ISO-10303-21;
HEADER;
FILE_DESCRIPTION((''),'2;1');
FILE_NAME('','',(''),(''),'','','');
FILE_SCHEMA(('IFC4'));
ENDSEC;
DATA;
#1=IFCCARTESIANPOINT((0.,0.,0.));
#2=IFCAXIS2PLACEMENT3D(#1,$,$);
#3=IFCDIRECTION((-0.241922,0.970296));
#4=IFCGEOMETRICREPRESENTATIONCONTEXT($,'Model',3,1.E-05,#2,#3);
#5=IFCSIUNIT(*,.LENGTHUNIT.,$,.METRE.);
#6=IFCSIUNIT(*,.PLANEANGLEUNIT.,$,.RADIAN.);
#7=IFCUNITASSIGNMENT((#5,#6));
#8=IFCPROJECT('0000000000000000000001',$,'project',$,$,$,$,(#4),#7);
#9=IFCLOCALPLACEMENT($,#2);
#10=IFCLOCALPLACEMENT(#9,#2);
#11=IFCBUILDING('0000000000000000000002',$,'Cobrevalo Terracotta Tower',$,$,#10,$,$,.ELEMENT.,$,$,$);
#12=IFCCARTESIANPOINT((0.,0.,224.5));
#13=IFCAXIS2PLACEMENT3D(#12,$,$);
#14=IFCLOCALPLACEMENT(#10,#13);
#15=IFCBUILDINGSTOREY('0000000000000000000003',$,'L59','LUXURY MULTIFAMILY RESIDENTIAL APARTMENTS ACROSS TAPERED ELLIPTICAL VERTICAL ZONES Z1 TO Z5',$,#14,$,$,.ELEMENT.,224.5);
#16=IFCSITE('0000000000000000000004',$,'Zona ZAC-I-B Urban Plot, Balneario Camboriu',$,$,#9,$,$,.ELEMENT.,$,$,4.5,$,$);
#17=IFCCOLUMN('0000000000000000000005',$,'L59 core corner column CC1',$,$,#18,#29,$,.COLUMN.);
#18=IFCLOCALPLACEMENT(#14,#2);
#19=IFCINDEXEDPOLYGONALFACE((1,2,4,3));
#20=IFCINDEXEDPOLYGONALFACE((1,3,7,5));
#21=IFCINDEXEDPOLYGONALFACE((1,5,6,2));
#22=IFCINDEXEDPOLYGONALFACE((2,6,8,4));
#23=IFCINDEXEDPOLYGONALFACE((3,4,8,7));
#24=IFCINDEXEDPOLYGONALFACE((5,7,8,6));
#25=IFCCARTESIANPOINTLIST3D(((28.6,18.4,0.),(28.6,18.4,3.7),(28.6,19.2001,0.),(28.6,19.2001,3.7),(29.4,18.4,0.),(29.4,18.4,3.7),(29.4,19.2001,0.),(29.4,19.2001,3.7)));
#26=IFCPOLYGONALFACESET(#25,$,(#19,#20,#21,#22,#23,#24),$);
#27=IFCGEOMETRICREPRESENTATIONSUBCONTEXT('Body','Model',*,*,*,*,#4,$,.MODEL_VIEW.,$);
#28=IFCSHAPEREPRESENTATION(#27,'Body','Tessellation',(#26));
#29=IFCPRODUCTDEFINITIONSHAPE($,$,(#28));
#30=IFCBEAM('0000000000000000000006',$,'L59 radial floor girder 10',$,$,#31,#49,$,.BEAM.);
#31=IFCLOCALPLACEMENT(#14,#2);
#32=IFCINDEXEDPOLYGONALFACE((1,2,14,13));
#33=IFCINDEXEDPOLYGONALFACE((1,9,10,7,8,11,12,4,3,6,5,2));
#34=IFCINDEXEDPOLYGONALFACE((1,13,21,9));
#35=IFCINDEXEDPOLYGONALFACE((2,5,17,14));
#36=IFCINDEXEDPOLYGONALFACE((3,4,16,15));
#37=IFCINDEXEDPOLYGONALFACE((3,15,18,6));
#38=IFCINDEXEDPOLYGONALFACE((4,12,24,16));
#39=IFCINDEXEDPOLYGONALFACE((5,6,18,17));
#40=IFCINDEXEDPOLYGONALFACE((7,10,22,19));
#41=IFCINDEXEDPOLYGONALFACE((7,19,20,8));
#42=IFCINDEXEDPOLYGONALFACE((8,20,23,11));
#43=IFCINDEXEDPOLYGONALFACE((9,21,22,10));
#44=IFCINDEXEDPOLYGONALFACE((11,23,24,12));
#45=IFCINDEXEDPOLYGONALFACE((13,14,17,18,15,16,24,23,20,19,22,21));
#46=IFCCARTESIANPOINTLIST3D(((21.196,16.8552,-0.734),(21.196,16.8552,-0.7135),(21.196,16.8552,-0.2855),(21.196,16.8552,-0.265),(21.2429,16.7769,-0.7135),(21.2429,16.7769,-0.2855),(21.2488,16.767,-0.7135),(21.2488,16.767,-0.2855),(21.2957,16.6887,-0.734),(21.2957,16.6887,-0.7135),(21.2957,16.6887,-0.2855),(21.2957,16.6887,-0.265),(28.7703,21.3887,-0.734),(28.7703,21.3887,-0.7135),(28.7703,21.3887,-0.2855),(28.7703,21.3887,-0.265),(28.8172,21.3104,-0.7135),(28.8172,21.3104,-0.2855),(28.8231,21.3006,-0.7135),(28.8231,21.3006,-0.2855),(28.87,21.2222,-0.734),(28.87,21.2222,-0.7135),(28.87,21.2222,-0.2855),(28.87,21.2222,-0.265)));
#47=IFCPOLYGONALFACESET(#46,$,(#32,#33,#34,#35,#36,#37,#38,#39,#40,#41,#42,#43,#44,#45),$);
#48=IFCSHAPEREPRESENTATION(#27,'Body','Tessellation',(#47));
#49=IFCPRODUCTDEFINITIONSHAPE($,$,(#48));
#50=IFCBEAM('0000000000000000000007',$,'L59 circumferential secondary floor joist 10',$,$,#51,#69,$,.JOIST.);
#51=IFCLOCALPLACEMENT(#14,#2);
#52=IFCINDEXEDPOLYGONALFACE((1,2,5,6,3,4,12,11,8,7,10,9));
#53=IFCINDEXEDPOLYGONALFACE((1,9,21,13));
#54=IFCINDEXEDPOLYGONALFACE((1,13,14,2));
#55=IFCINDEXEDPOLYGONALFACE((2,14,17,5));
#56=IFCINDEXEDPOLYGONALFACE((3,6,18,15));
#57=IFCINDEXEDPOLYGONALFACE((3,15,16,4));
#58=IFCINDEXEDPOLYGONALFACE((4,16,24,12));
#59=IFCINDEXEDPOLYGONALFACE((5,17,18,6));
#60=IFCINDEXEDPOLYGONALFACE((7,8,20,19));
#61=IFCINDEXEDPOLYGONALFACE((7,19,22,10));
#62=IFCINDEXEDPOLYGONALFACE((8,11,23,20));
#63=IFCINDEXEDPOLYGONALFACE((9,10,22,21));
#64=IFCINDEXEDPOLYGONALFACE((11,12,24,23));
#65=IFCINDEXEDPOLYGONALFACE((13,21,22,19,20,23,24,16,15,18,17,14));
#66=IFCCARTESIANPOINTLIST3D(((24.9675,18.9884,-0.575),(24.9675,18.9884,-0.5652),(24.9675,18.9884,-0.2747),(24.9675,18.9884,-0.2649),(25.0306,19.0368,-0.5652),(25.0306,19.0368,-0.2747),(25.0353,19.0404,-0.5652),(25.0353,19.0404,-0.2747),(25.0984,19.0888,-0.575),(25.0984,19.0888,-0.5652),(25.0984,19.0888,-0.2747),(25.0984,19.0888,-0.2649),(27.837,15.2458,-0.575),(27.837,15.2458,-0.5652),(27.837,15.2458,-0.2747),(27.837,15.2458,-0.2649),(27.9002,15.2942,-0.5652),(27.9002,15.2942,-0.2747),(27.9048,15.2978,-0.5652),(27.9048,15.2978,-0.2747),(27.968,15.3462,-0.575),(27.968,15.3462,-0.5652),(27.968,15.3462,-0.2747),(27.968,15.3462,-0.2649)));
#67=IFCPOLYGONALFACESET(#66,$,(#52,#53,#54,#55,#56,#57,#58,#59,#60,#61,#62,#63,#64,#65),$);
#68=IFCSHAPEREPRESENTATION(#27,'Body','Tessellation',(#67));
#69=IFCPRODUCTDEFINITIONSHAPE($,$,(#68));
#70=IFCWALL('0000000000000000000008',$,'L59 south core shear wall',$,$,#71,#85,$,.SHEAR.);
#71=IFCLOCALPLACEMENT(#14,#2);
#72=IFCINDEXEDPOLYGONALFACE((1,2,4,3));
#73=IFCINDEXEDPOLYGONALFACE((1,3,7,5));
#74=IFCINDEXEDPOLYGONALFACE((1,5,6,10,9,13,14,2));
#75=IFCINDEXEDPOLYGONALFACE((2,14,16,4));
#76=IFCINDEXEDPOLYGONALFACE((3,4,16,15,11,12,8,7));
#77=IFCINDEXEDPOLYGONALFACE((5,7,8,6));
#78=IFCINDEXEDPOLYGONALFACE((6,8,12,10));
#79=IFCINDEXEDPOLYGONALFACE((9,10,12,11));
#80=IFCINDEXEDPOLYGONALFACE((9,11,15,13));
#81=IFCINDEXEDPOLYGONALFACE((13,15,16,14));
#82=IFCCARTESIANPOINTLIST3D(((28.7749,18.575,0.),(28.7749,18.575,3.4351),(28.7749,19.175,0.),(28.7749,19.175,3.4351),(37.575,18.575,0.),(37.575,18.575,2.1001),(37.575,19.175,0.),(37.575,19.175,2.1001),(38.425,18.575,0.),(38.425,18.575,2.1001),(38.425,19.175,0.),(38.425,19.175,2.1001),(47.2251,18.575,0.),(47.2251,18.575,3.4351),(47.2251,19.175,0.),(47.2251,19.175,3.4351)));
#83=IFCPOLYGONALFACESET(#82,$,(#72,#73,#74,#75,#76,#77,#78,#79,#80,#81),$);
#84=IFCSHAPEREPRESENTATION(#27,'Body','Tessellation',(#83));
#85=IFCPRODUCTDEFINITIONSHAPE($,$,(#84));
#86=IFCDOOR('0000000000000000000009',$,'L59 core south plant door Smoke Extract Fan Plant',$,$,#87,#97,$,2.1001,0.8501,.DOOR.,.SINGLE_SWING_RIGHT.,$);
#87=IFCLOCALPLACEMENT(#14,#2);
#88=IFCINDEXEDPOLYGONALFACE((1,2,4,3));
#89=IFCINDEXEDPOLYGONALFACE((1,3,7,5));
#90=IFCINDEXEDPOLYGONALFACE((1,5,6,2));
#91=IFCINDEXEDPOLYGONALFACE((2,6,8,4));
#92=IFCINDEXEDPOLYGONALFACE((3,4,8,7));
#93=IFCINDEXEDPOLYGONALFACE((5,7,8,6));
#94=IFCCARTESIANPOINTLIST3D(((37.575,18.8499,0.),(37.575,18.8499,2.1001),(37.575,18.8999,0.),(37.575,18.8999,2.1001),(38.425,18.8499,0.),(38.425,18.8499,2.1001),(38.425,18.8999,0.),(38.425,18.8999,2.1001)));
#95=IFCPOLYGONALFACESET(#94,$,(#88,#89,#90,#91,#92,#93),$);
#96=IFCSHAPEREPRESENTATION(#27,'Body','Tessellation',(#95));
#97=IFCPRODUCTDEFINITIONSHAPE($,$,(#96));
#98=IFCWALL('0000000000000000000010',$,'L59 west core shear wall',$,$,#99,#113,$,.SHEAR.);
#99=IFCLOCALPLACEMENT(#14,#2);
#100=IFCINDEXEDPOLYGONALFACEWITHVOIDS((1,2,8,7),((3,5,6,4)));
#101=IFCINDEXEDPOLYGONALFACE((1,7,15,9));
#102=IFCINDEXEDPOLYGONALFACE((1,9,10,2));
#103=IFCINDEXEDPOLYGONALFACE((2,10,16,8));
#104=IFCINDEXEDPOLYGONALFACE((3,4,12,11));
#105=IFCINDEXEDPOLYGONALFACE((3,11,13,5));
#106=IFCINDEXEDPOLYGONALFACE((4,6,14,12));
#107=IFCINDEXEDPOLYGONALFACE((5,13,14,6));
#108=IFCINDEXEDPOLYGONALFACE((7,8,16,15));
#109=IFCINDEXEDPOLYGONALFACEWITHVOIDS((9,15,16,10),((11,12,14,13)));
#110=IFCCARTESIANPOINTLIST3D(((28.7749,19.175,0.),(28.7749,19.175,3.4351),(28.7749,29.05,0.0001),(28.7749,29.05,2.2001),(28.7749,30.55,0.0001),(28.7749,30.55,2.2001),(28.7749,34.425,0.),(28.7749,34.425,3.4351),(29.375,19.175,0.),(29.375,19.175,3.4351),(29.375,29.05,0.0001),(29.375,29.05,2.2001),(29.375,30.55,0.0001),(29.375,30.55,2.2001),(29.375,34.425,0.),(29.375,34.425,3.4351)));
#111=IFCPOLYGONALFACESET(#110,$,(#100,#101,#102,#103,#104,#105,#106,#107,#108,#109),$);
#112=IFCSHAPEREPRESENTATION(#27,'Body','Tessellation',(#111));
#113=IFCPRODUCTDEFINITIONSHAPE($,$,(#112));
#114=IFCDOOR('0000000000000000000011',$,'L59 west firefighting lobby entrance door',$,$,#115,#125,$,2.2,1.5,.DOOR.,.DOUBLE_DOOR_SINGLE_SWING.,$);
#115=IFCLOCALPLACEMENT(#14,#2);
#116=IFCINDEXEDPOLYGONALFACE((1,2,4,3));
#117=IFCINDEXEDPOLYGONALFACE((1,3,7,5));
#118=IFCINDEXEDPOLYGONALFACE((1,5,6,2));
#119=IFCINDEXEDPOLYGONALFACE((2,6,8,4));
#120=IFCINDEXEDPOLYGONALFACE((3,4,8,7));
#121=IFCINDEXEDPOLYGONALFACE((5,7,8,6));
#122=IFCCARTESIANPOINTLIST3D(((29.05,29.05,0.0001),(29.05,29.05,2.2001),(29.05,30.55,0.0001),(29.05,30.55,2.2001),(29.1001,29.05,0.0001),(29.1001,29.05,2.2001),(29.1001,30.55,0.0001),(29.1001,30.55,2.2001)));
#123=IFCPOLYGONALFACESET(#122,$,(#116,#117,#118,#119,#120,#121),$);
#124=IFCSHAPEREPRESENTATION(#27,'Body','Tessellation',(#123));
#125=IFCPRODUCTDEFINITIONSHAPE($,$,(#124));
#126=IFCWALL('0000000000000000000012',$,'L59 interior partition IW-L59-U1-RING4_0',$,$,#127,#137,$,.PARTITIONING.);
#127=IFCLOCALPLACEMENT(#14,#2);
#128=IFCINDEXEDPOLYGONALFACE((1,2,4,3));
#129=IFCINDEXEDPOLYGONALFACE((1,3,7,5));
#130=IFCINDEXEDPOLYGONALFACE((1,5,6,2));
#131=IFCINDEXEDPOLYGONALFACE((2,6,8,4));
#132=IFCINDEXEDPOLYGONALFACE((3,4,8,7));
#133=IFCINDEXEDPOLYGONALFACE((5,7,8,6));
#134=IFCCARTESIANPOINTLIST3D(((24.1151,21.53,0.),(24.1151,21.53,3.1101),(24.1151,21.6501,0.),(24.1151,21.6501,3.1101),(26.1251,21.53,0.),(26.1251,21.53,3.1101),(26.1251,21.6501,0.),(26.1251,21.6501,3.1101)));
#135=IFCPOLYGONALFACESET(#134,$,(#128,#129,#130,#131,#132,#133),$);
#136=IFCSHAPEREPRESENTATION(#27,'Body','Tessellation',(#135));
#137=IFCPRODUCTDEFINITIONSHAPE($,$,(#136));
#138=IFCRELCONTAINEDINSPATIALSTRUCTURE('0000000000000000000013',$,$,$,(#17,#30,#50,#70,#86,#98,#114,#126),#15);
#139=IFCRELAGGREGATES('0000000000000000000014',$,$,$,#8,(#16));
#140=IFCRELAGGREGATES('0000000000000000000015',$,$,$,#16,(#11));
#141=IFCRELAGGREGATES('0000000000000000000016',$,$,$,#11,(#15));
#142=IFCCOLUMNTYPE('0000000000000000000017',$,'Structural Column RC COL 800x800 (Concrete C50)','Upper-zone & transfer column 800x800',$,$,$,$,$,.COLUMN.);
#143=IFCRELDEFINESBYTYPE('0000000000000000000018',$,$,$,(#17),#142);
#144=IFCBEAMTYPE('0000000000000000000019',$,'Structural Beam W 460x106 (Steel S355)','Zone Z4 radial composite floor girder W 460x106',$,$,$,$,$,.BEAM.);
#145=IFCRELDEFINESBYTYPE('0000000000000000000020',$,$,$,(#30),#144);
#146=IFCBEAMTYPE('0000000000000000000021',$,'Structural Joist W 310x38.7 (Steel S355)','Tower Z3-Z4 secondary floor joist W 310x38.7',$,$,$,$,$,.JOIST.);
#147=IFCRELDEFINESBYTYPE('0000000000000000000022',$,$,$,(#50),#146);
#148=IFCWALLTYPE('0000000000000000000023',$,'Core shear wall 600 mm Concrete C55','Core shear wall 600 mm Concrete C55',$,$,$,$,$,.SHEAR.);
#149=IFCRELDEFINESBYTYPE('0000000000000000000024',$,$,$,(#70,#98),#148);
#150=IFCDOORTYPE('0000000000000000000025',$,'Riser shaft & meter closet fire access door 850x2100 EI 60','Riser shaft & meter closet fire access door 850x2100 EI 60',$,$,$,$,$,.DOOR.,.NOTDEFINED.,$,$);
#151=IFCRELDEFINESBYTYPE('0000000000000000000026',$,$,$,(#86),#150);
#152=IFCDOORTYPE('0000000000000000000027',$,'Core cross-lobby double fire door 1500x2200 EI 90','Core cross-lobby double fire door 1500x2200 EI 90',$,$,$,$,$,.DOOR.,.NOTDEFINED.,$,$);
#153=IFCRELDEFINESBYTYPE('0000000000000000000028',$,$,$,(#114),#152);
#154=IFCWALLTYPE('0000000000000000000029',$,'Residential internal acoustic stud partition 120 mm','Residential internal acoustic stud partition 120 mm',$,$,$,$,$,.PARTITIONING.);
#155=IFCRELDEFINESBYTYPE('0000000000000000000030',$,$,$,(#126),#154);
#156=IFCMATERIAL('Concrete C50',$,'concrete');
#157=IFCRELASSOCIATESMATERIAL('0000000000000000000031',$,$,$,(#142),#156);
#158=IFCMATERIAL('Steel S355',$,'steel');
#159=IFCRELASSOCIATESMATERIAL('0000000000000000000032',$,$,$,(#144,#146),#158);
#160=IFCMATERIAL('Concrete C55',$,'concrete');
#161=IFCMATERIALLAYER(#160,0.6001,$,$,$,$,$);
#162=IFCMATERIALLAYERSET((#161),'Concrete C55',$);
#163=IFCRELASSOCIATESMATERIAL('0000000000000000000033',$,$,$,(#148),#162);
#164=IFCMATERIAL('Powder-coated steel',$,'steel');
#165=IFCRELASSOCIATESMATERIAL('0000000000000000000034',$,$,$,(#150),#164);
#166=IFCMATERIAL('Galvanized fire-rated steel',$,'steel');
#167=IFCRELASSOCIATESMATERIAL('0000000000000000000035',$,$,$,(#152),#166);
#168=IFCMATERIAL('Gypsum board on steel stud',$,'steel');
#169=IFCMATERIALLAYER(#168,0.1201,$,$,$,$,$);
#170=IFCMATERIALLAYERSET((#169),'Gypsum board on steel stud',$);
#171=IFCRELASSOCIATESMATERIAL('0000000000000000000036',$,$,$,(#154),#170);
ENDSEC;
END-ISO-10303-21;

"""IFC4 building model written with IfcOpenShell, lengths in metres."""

from ifc_helpers import new_model, si_unit, direction, frame, frame_2d, origin, origin_2d, place, context, subcontext, project, spatial, rectangle, i_section, extrude, source, transform, mapped, material, layer, layer_set, material_profile, profile_set, type_object, element, fill, save


model = new_model("IFC4")

# Units and contexts
model_context = context("Model", 3, precision=1e-05, world=origin(), true_north=direction((-0.241922, 0.970296)))
body_context = subcontext(model_context, "Body", "Model", "MODEL_VIEW")
ifc_project = project(units=[si_unit("LENGTHUNIT", "METRE"), si_unit("PLANEANGLEUNIT", "RADIAN")], contexts=[model_context])

# Site, building, storey
site_placement = place(None, origin())
site = spatial("IfcSite", under=ifc_project, at=site_placement, Name="Zona ZAC-I-B Urban Plot, Balneario Camboriu", CompositionType="ELEMENT", RefElevation=4.5)
building_placement = place(site_placement, origin())
building = spatial("IfcBuilding", under=site, at=building_placement, Name="Cobrevalo Terracotta Tower", CompositionType="ELEMENT")
storey_placement = place(building_placement, frame((0.0, 0.0, 224.5)))
storey = spatial("IfcBuildingStorey", under=building, at=storey_placement, Name="L59", Description="LUXURY MULTIFAMILY RESIDENTIAL APARTMENTS ACROSS TAPERED ELLIPTICAL VERTICAL ZONES Z1 TO Z5", CompositionType="ELEMENT", Elevation=224.5)

# Column
ifc_material_1 = material(Name="Concrete C50", Category="concrete")
ifc_material_profile_1 = material_profile(ifc_material_1, rectangle(XDim=0.8, YDim=0.8, at=origin_2d()), Name="RC COL 800x800")
ifc_profile_set_1 = profile_set([ifc_material_profile_1], Name="Concrete C50")
column_type = type_object("IfcColumnType", Name="Structural Column RC COL 800x800 (Concrete C50)", Description="Upper-zone & transfer column 800x800", PredefinedType="COLUMN", material=ifc_profile_set_1)
column_placement = place(storey_placement, frame((29.0, 18.8, 0.0), z_axis=(0.0, 0.0, 1.0), x_axis=(1.0, 0.0, 0.0)))
element("IfcColumn", 1, at=column_placement, inside=storey, type_object=column_type, Name="L59 core corner column CC1", PredefinedType="COLUMN", context=body_context, shape_type="SweptSolid", body=[
    extrude(rectangle(XDim=0.8, YDim=0.8, at=origin_2d()), origin(), (0.0, 0.0, 1.0), 3.7),
])

# Beams
ifc_material_2 = material(Name="Steel S355", Category="steel")
ifc_material_profile_2 = material_profile(ifc_material_2, i_section(OverallWidth=0.1941, OverallDepth=0.469, WebThickness=0.0115, FlangeThickness=0.0205, at=origin_2d()), Name="W 460x106")
ifc_profile_set_2 = profile_set([ifc_material_profile_2], Name="Steel S355")
beam_type_1 = type_object("IfcBeamType", Name="Structural Beam W 460x106 (Steel S355)", Description="Zone Z4 radial composite floor girder W 460x106", PredefinedType="BEAM", material=ifc_profile_set_2)
beam_1_placement = place(storey_placement, frame((21.2458, 16.772, -0.4995), z_axis=(0.858046, 0.513572, 0.0), x_axis=(-0.513572, 0.858046, 0.0)))
element("IfcBeam", 2, at=beam_1_placement, inside=storey, type_object=beam_type_1, Name="L59 radial floor girder 10", PredefinedType="BEAM", context=body_context, shape_type="SweptSolid", body=[
    extrude(i_section(OverallWidth=0.1941, OverallDepth=0.469, WebThickness=0.0115, FlangeThickness=0.0205, at=origin_2d()), origin(), (0.0, 0.0, 1.0), 8.8274),
])
ifc_material_profile_3 = material_profile(ifc_material_2, i_section(OverallWidth=0.165, OverallDepth=0.3101, WebThickness=0.0059, FlangeThickness=0.0098, at=origin_2d()), Name="W 310x38.7")
ifc_profile_set_3 = profile_set([ifc_material_profile_3], Name="Steel S355")
beam_type_2 = type_object("IfcBeamType", Name="Structural Joist W 310x38.7 (Steel S355)", Description="Tower Z3-Z4 secondary floor joist W 310x38.7", PredefinedType="JOIST", material=ifc_profile_set_3)
beam_2_placement = place(storey_placement, frame((25.033, 19.0386, -0.4199), z_axis=(0.608464, -0.793581, 0.0), x_axis=(0.793581, 0.608464, 0.0)))
element("IfcBeam", 3, at=beam_2_placement, inside=storey, type_object=beam_type_2, Name="L59 circumferential secondary floor joist 10", PredefinedType="JOIST", context=body_context, shape_type="SweptSolid", body=[
    extrude(i_section(OverallWidth=0.165, OverallDepth=0.3101, WebThickness=0.0059, FlangeThickness=0.0098, at=origin_2d()), origin(), (0.0, 0.0, 1.0), 4.7161),
])

# Walls, openings, doors
ifc_material_3 = material(Name="Concrete C55", Category="concrete")
ifc_layer_1 = layer(ifc_material_3, 0.6001)
ifc_layer_set_1 = layer_set([ifc_layer_1], Name="Concrete C55")
wall_type_1 = type_object("IfcWallType", Name="Core shear wall 600 mm Concrete C55", Description="Core shear wall 600 mm Concrete C55", PredefinedType="SHEAR", material=ifc_layer_set_1)
wall_1_placement = place(storey_placement, frame((28.7749, 18.875, 0.0), z_axis=(0.0, 0.0, 1.0), x_axis=(1.0, 0.0, 0.0)))
wall_1 = element("IfcWall", 4, at=wall_1_placement, inside=storey, type_object=wall_type_1, Name="L59 south core shear wall", PredefinedType="SHEAR", context=body_context, shape_type="SweptSolid", body=[
    extrude(rectangle(XDim=18.4502, YDim=0.6001, at=frame_2d((9.2251, 0.0))), origin(), (0.0, 0.0, 1.0), 3.4351),
])
opening_1_placement = place(wall_1_placement, frame((8.8, 0.0, 0.0)))
opening_1 = element("IfcOpeningElement", 5, at=opening_1_placement, cuts=wall_1, PredefinedType="OPENING", context=body_context, shape_type="SweptSolid", body=[
    extrude(rectangle(XDim=0.8501, YDim=2.1001, at=frame_2d((0.425, 1.05))), frame((0.0, 0.3101, 0.0), z_axis=(0.0, -1.0, 0.0), x_axis=(1.0, 0.0, 0.0)), (0.0, 0.0, 1.0), 0.6201),
])
ifc_material_4 = material(Name="Powder-coated steel", Category="steel")
door_type_1 = type_object("IfcDoorType", Name="Riser shaft & meter closet fire access door 850x2100 EI 60", Description="Riser shaft & meter closet fire access door 850x2100 EI 60", OperationType="NOTDEFINED", PredefinedType="DOOR", material=ifc_material_4)
shared_shape_1 = source(origin(), body_context, "Body", "SweptSolid", [
    extrude(rectangle(XDim=0.8501, YDim=2.1001, at=frame_2d((0.425, 1.05))), frame((0.0, 0.0249, 0.0), z_axis=(0.0, -1.0, 0.0), x_axis=(1.0, 0.0, 0.0)), (0.0, 0.0, 1.0), 0.05),
])
door_1_placement = place(opening_1_placement, origin())
door_1 = element("IfcDoor", 6, at=door_1_placement, inside=storey, type_object=door_type_1, Name="L59 core south plant door Smoke Extract Fan Plant", OperationType="SINGLE_SWING_RIGHT", OverallHeight=2.1001, OverallWidth=0.8501, PredefinedType="DOOR", context=body_context, shape_type="MappedRepresentation", body=[
    mapped(shared_shape_1, transform((0.0, 0.0, 0.0), scale=1.0)),
])
fill(opening_1, door_1)
wall_2_placement = place(storey_placement, frame((29.075, 19.175, 0.0), z_axis=(0.0, 0.0, 1.0), x_axis=(0.0, 1.0, 0.0)))
wall_2 = element("IfcWall", 7, at=wall_2_placement, inside=storey, type_object=wall_type_1, Name="L59 west core shear wall", PredefinedType="SHEAR", context=body_context, shape_type="SweptSolid", body=[
    extrude(rectangle(XDim=15.25, YDim=0.6001, at=frame_2d((7.625, 0.0))), origin(), (0.0, 0.0, 1.0), 3.4351),
])
opening_2_placement = place(wall_2_placement, frame((9.875, 0.0, 0.0)))
opening_2 = element("IfcOpeningElement", 8, at=opening_2_placement, cuts=wall_2, PredefinedType="OPENING", context=body_context, shape_type="SweptSolid", body=[
    extrude(rectangle(XDim=1.5, YDim=2.2, at=frame_2d((0.75, 1.1001))), frame((0.0, 0.3101, 0.0), z_axis=(0.0, -1.0, 0.0), x_axis=(1.0, 0.0, 0.0)), (0.0, 0.0, 1.0), 0.6201),
])
ifc_material_5 = material(Name="Galvanized fire-rated steel", Category="steel")
door_type_2 = type_object("IfcDoorType", Name="Core cross-lobby double fire door 1500x2200 EI 90", Description="Core cross-lobby double fire door 1500x2200 EI 90", OperationType="NOTDEFINED", PredefinedType="DOOR", material=ifc_material_5)
shared_shape_2 = source(origin(), body_context, "Body", "SweptSolid", [
    extrude(rectangle(XDim=1.5, YDim=2.2, at=frame_2d((0.75, 1.1001))), frame((0.0, 0.0249, 0.0), z_axis=(0.0, -1.0, 0.0), x_axis=(1.0, 0.0, 0.0)), (0.0, 0.0, 1.0), 0.05),
])
door_2_placement = place(opening_2_placement, origin())
door_2 = element("IfcDoor", 9, at=door_2_placement, inside=storey, type_object=door_type_2, Name="L59 west firefighting lobby entrance door", OperationType="DOUBLE_DOOR_SINGLE_SWING", OverallHeight=2.2, OverallWidth=1.5, PredefinedType="DOOR", context=body_context, shape_type="MappedRepresentation", body=[
    mapped(shared_shape_2, transform((0.0, 0.0, 0.0), scale=1.0)),
])
fill(opening_2, door_2)

# Wall
ifc_material_6 = material(Name="Gypsum board on steel stud", Category="steel")
ifc_layer_2 = layer(ifc_material_6, 0.1201)
ifc_layer_set_2 = layer_set([ifc_layer_2], Name="Gypsum board on steel stud")
wall_type_2 = type_object("IfcWallType", Name="Residential internal acoustic stud partition 120 mm", Description="Residential internal acoustic stud partition 120 mm", PredefinedType="PARTITIONING", material=ifc_layer_set_2)
wall_3_placement = place(storey_placement, frame((26.125, 21.5901, 0.0), z_axis=(0.0, 0.0, 1.0), x_axis=(-1.0, 0.0, 0.0)))
element("IfcWall", 10, at=wall_3_placement, inside=storey, type_object=wall_type_2, Name="L59 interior partition IW-L59-U1-RING4_0", PredefinedType="PARTITIONING", context=body_context, shape_type="SweptSolid", body=[
    extrude(rectangle(XDim=2.01, YDim=0.1201, at=frame_2d((1.0049, 0.0))), origin(), (0.0, 0.0, 1.0), 3.1101),
])

save(model, "model.ifc")
